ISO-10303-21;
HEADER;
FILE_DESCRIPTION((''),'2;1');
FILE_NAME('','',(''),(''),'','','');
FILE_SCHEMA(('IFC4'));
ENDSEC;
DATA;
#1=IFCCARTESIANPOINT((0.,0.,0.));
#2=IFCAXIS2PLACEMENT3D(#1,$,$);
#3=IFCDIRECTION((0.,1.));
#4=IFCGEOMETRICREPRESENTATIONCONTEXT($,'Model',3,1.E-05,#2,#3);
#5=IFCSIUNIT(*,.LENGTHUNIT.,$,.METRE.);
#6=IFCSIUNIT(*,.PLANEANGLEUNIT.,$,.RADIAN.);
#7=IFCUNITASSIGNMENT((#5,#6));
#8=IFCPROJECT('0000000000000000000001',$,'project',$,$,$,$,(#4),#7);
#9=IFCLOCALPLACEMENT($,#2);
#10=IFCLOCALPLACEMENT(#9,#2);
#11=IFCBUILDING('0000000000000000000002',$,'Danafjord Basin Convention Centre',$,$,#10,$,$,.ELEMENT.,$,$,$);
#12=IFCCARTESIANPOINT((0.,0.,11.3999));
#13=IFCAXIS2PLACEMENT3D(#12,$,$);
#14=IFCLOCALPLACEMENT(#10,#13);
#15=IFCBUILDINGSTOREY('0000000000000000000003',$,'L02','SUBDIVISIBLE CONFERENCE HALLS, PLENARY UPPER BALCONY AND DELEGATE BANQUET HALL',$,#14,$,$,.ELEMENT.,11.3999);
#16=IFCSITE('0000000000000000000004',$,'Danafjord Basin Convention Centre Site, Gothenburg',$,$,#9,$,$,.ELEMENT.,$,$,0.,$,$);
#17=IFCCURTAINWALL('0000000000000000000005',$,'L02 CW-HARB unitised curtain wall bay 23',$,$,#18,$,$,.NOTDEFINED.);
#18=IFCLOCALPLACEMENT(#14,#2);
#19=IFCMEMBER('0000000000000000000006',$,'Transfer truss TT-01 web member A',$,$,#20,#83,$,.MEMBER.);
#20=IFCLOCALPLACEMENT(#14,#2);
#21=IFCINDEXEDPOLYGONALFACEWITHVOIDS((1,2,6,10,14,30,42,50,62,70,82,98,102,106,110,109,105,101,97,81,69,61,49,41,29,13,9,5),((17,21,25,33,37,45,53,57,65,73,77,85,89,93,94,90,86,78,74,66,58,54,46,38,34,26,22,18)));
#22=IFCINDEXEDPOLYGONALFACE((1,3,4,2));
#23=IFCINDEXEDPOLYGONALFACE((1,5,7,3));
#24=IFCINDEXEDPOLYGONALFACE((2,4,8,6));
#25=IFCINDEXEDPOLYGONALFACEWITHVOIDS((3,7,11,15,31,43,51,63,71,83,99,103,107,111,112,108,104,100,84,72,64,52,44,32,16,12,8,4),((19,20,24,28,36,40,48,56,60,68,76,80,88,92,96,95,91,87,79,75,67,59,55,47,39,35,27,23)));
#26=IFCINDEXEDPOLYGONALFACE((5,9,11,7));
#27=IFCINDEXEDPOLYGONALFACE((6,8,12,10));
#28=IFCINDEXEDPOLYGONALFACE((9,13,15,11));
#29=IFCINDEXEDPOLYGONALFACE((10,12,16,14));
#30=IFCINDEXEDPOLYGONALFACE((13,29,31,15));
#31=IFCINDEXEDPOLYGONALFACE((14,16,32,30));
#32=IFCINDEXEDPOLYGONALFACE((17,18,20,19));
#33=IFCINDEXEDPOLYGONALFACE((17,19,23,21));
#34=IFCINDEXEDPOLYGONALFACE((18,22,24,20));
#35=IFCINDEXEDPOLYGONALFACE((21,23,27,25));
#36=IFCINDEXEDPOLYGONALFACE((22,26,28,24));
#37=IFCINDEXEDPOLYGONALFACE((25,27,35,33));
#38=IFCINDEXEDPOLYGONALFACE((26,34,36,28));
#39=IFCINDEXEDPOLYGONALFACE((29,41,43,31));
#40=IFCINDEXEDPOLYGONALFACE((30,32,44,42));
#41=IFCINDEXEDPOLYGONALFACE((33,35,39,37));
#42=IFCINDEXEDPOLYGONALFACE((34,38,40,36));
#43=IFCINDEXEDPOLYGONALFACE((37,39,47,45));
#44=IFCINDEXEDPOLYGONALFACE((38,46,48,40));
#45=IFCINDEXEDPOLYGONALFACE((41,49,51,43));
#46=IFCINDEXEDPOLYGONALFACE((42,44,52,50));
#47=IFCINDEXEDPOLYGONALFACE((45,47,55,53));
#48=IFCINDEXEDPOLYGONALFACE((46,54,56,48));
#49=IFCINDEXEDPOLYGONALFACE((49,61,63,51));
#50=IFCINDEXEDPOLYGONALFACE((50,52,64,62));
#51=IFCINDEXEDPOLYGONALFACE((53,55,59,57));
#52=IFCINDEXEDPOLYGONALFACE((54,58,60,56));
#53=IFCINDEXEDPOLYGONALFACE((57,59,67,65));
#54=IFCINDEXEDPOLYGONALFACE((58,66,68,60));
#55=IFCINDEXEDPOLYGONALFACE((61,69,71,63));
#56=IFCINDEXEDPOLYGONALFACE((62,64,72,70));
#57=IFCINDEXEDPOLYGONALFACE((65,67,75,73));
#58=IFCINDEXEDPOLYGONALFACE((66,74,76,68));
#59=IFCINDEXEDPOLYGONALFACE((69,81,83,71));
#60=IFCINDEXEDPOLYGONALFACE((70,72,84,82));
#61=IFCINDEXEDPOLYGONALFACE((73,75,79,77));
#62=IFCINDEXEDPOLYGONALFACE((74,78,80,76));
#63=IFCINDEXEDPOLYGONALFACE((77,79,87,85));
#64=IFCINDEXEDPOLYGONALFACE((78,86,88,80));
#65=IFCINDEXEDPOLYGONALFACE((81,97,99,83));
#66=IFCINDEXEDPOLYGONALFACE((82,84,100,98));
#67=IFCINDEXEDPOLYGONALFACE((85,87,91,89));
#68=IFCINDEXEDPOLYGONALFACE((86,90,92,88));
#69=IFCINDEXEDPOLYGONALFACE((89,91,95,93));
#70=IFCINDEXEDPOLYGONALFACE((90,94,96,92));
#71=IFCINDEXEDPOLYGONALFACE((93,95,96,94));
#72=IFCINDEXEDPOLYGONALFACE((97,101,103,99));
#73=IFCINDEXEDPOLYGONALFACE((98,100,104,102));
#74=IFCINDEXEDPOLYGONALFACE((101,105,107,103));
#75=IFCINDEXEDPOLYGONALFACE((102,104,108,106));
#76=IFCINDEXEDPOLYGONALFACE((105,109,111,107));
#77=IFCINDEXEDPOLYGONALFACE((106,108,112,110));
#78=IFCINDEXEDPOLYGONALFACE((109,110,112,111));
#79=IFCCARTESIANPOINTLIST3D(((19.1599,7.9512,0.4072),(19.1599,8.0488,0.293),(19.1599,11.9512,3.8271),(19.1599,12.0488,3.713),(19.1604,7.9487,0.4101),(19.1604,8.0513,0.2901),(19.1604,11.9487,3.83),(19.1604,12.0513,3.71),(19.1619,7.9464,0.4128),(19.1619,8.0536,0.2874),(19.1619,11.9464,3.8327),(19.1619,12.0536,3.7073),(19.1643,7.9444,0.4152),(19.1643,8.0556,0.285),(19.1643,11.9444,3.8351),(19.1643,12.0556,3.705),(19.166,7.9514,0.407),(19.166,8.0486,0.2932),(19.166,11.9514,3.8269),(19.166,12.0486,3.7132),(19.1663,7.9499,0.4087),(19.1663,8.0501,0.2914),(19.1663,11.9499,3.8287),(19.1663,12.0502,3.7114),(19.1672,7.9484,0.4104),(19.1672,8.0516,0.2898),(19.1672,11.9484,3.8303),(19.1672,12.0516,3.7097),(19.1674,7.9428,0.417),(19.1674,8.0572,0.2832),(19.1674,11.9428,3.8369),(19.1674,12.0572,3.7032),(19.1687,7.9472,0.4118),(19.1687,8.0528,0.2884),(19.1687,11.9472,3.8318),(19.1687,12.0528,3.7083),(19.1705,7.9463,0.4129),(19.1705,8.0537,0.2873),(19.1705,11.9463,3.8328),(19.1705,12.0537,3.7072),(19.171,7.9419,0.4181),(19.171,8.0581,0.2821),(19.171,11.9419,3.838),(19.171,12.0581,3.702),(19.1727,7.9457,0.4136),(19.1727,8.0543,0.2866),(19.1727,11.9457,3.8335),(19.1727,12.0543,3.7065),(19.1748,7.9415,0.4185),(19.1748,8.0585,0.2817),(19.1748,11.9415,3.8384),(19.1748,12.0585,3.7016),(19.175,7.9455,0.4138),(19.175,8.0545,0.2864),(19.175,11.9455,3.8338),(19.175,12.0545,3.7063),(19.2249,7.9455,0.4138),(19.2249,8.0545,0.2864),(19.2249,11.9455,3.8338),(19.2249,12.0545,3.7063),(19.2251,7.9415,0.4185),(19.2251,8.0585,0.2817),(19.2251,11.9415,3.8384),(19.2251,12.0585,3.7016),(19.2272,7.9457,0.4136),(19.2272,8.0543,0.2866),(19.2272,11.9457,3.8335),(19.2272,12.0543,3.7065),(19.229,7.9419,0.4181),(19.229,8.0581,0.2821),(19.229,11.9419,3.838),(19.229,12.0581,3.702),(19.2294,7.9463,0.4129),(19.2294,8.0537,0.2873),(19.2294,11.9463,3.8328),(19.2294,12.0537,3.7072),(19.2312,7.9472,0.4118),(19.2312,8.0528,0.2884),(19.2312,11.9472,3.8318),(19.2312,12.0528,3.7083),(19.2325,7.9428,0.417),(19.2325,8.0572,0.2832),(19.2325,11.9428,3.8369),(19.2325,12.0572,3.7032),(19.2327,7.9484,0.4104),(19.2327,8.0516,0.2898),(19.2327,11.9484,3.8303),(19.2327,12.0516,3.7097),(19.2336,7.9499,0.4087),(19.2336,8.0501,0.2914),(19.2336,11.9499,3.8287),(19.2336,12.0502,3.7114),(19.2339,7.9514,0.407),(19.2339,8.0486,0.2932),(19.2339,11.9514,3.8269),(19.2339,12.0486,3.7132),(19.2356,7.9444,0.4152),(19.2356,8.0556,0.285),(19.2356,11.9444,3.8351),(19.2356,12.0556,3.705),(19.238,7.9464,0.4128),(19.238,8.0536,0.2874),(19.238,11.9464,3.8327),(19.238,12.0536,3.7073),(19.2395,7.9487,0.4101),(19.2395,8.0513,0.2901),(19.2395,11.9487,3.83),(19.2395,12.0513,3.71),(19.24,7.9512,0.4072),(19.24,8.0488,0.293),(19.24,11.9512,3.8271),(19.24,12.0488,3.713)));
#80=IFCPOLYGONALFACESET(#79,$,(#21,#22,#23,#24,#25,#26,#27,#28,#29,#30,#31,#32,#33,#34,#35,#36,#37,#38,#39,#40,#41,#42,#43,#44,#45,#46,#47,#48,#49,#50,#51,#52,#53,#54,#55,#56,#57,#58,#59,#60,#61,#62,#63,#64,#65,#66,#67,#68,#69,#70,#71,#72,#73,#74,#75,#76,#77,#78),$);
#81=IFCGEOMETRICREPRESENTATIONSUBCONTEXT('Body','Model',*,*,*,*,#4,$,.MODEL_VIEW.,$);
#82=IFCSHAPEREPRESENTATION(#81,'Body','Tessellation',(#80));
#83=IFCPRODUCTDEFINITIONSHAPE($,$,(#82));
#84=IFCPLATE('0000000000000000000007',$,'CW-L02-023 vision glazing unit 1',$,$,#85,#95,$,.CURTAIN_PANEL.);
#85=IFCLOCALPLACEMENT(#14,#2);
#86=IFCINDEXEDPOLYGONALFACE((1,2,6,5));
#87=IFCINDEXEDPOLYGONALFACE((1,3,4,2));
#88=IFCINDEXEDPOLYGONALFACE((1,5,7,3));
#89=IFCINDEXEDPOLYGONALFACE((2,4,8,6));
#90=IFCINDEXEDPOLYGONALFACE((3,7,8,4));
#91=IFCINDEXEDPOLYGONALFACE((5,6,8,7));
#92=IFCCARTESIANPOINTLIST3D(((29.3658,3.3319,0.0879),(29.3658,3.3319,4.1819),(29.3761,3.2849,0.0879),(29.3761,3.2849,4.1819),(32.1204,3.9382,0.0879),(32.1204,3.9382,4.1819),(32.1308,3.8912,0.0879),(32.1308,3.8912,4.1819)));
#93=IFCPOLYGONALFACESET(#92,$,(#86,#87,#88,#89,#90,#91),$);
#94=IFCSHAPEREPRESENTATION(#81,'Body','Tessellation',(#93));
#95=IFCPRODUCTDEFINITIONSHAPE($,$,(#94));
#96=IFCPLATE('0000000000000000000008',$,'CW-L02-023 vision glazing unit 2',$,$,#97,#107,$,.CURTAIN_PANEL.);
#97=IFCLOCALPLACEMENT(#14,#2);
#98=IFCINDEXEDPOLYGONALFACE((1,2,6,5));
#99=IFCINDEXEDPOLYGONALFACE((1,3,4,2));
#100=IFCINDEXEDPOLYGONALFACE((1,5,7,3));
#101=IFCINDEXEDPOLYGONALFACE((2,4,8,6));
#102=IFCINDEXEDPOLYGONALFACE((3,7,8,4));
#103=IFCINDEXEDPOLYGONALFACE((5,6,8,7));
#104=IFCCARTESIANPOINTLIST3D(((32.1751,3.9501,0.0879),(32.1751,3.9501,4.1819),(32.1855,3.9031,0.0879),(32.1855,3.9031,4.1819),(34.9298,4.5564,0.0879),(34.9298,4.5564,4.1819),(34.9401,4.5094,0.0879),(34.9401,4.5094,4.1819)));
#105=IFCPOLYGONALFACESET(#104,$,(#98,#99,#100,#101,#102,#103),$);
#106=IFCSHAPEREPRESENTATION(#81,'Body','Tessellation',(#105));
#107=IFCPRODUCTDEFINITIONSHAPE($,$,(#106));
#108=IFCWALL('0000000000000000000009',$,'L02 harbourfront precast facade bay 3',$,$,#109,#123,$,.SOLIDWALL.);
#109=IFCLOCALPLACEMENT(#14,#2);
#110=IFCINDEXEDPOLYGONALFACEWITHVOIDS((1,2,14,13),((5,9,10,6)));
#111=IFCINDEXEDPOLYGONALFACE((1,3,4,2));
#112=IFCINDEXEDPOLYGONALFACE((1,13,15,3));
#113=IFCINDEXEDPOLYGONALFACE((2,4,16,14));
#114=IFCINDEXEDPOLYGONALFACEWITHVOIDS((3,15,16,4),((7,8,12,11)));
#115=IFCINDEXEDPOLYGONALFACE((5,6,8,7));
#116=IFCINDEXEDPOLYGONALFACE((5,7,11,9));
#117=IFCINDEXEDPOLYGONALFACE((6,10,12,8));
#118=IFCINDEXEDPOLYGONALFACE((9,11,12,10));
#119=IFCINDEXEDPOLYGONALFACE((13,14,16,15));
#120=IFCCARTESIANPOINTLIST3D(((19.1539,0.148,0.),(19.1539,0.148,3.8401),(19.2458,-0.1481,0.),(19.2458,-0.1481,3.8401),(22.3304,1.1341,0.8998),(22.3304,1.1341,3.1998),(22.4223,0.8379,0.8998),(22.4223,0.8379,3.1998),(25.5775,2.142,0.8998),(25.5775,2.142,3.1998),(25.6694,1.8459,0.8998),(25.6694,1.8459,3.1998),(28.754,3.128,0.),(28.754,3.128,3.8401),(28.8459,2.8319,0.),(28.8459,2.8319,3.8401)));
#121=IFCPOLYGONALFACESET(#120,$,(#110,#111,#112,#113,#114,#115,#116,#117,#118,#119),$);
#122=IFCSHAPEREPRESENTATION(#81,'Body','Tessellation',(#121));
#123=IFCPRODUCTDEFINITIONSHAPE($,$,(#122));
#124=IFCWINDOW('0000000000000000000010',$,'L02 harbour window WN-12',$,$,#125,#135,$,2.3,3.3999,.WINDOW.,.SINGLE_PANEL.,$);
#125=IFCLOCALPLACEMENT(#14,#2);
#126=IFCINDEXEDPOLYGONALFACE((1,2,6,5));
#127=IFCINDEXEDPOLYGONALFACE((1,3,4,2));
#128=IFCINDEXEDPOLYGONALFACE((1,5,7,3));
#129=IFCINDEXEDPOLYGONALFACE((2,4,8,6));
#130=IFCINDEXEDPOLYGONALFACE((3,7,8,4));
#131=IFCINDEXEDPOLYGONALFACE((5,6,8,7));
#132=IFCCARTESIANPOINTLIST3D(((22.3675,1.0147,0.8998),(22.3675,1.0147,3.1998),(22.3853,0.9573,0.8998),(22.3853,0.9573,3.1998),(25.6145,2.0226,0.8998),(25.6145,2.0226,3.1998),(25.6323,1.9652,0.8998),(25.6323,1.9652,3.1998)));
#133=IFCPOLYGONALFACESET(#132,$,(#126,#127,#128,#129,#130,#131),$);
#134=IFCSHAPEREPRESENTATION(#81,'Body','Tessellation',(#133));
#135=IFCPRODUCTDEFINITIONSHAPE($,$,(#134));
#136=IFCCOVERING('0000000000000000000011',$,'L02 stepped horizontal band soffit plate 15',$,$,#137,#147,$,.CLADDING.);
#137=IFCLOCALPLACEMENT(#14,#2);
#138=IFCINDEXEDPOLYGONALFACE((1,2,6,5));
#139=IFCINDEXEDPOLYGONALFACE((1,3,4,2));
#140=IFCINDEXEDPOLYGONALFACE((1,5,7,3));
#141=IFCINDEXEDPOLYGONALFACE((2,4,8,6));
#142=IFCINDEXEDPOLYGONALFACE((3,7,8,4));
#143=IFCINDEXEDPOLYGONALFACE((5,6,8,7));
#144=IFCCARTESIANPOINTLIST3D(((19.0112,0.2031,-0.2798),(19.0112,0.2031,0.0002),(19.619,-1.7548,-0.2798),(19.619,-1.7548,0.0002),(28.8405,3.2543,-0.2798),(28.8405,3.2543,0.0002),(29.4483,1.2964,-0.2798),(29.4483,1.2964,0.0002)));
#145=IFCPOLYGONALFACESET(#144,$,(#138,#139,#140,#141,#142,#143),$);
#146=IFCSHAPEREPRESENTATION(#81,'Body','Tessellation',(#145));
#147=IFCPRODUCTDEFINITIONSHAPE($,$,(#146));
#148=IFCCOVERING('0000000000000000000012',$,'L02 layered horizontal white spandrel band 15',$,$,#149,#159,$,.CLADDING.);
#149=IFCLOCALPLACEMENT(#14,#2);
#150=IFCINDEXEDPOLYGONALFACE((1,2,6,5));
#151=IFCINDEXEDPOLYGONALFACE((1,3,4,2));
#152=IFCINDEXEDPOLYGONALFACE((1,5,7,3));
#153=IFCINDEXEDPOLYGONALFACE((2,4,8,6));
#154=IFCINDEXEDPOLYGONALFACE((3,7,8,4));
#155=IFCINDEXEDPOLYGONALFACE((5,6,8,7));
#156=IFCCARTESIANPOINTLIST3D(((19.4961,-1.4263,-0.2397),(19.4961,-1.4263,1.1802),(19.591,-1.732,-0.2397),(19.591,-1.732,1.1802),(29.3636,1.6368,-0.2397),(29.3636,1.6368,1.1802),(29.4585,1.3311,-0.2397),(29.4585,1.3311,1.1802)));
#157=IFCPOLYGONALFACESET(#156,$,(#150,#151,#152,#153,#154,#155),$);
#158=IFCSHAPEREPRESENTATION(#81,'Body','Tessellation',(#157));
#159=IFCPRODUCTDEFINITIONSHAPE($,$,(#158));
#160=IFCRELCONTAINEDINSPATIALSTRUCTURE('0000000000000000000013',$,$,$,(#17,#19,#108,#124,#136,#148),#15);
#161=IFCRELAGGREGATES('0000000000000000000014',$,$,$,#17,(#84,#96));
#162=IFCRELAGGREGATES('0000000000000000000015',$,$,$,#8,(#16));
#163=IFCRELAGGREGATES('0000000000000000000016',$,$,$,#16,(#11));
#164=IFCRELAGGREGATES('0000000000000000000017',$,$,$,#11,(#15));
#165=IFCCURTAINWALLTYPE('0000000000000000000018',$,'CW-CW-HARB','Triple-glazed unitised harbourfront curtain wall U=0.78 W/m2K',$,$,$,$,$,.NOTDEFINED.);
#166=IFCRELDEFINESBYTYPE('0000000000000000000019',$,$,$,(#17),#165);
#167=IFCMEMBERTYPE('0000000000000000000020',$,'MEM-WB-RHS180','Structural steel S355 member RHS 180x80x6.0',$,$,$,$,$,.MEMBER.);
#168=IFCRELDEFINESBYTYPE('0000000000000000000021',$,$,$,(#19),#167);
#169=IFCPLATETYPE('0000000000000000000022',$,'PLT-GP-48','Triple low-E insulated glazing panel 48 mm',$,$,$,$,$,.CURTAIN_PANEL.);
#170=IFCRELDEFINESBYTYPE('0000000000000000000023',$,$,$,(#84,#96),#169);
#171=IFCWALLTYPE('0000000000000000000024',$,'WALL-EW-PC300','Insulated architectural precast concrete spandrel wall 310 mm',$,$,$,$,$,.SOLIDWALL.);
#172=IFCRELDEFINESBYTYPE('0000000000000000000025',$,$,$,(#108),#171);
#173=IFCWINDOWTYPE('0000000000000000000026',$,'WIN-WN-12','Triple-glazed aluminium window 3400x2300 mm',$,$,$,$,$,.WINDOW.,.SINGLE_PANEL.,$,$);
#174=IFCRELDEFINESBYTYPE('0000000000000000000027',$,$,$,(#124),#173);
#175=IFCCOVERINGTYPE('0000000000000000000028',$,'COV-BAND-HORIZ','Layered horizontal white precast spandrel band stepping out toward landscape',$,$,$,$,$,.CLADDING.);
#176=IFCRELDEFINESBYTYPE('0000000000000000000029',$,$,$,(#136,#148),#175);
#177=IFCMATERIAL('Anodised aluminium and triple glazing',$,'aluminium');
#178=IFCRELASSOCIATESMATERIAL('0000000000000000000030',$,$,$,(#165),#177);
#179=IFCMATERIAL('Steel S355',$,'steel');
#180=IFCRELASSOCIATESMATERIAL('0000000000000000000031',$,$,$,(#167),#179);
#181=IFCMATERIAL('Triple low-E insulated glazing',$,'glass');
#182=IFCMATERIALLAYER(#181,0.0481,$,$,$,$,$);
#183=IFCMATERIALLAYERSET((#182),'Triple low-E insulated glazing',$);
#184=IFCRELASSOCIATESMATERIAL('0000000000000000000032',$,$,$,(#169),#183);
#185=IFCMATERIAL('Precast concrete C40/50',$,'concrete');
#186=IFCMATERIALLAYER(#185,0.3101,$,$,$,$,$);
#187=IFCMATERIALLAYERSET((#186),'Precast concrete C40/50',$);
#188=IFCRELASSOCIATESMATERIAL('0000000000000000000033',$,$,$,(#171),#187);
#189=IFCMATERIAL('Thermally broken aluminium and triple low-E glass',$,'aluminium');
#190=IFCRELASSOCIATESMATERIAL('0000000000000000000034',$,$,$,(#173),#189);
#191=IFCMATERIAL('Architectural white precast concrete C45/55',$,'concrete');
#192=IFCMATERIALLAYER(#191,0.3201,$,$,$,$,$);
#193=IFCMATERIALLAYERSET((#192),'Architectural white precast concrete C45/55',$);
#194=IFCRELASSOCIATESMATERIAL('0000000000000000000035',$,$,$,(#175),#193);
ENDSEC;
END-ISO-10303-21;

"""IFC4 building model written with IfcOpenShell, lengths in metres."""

from ifc_helpers import new_model, si_unit, direction, frame, frame_2d, origin, origin_2d, place, context, subcontext, project, spatial, rectangle, hollow_rectangle, extrude, material, layer, layer_set, material_profile, profile_set, type_object, element, fill, aggregate, save


model = new_model("IFC4")

# Units and contexts
model_context = context("Model", 3, precision=1e-05, world=origin(), true_north=direction((0.0, 1.0)))
body_context = subcontext(model_context, "Body", "Model", "MODEL_VIEW")
ifc_project = project(units=[si_unit("LENGTHUNIT", "METRE"), si_unit("PLANEANGLEUNIT", "RADIAN")], contexts=[model_context])

# Site, building, storey
site_placement = place(None, origin())
site = spatial("IfcSite", under=ifc_project, at=site_placement, Name="Danafjord Basin Convention Centre Site, Gothenburg", CompositionType="ELEMENT", RefElevation=0.0)
building_placement = place(site_placement, origin())
building = spatial("IfcBuilding", under=site, at=building_placement, Name="Danafjord Basin Convention Centre", CompositionType="ELEMENT")
storey_placement = place(building_placement, frame((0.0, 0.0, 11.3999)))
storey = spatial("IfcBuildingStorey", under=building, at=storey_placement, Name="L02", Description="SUBDIVISIBLE CONFERENCE HALLS, PLENARY UPPER BALCONY AND DELEGATE BANQUET HALL", CompositionType="ELEMENT", Elevation=11.3999)

# Shared definitions
ifc_material_1 = material(Name="Steel S355", Category="steel")

# Curtain wall
ifc_material_2 = material(Name="Anodised aluminium and triple glazing", Category="aluminium")
curtain_wall_type = type_object("IfcCurtainWallType", Name="CW-CW-HARB", Description="Triple-glazed unitised harbourfront curtain wall U=0.78 W/m2K", PredefinedType="NOTDEFINED", material=ifc_material_2)
curtain_wall_placement = place(storey_placement, origin())
curtain_wall = element("IfcCurtainWall", 1, at=curtain_wall_placement, inside=storey, type_object=curtain_wall_type, Name="L02 CW-HARB unitised curtain wall bay 23", PredefinedType="NOTDEFINED")

# Member
ifc_material_profile_1 = material_profile(ifc_material_1, hollow_rectangle(XDim=0.0801, YDim=0.1799, WallThickness=0.0061, InnerFilletRadius=0.009, OuterFilletRadius=0.0149, at=origin_2d()), Name="RHS 180x80x6.0")
ifc_profile_set_1 = profile_set([ifc_material_profile_1], Name="Steel S355")
member_type_1 = type_object("IfcMemberType", Name="MEM-WB-RHS180", Description="Structural steel S355 member RHS 180x80x6.0", PredefinedType="MEMBER", material=ifc_profile_set_1)
member_1_placement = place(storey_placement, frame((19.2, 8.0, 0.3501), z_axis=(0.0, 0.760068, 0.649843), x_axis=(-1.0, 0.0, 0.0)))
element("IfcMember", 2, at=member_1_placement, inside=storey, type_object=member_type_1, Name="Transfer truss TT-01 web member A", PredefinedType="MEMBER", context=body_context, shape_type="SweptSolid", body=[
    extrude(hollow_rectangle(XDim=0.0801, YDim=0.1799, WallThickness=0.0061, InnerFilletRadius=0.009, OuterFilletRadius=0.0149, at=origin_2d()), origin(), (0.0, 0.0, 1.0), 5.2627),
])

# Plates
ifc_material_3 = material(Name="Triple low-E insulated glazing", Category="glass")
ifc_layer_1 = layer(ifc_material_3, 0.0481)
ifc_layer_set_1 = layer_set([ifc_layer_1], Name="Triple low-E insulated glazing")
plate_type = type_object("IfcPlateType", Name="PLT-GP-48", Description="Triple low-E insulated glazing panel 48 mm", PredefinedType="CURTAIN_PANEL", material=ifc_layer_set_1)
plate_1_placement = place(storey_placement, frame((30.7483, 3.6116, 0.0879), z_axis=(0.0, 0.0, 1.0), x_axis=(0.976623, 0.214959, 0.0)))
plate_1 = element("IfcPlate", 3, at=plate_1_placement, type_object=plate_type, Name="CW-L02-023 vision glazing unit 1", PredefinedType="CURTAIN_PANEL", context=body_context, shape_type="SweptSolid", body=[
    extrude(rectangle(XDim=2.8206, YDim=0.0481, at=origin_2d()), origin(), (0.0, 0.0, 1.0), 4.094),
])
plate_2_placement = place(storey_placement, frame((33.5576, 4.2297, 0.0879), z_axis=(0.0, 0.0, 1.0), x_axis=(0.976623, 0.214959, 0.0)))
plate_2 = element("IfcPlate", 4, at=plate_2_placement, type_object=plate_type, Name="CW-L02-023 vision glazing unit 2", PredefinedType="CURTAIN_PANEL", context=body_context, shape_type="SweptSolid", body=[
    extrude(rectangle(XDim=2.8206, YDim=0.0481, at=origin_2d()), origin(), (0.0, 0.0, 1.0), 4.094),
])
aggregate(curtain_wall, [plate_1, plate_2])

# Wall, opening, window
ifc_material_4 = material(Name="Precast concrete C40/50", Category="concrete")
ifc_layer_2 = layer(ifc_material_4, 0.3101)
ifc_layer_set_2 = layer_set([ifc_layer_2], Name="Precast concrete C40/50")
wall_type = type_object("IfcWallType", Name="WALL-EW-PC300", Description="Insulated architectural precast concrete spandrel wall 310 mm", PredefinedType="SOLIDWALL", material=ifc_layer_set_2)
wall_placement = place(storey_placement, frame((19.2, 0.0, 0.0), z_axis=(0.0, 0.0, 1.0), x_axis=(0.955046, 0.296457, 0.0)))
wall = element("IfcWall", 5, at=wall_placement, inside=storey, type_object=wall_type, Name="L02 harbourfront precast facade bay 3", PredefinedType="SOLIDWALL", context=body_context, shape_type="SweptSolid", body=[
    extrude(rectangle(XDim=10.052, YDim=0.3101, at=frame_2d((5.0259, 0.0))), origin(), (0.0, 0.0, 1.0), 3.8401),
])
opening_placement = place(wall_placement, frame((3.3259, 0.0, 0.8999)))
opening = element("IfcOpeningElement", 6, at=opening_placement, cuts=wall, PredefinedType="OPENING", context=body_context, shape_type="SweptSolid", body=[
    extrude(rectangle(XDim=3.3999, YDim=2.3, at=frame_2d((1.7, 1.1499))), frame((0.0, 0.165, 0.0), z_axis=(0.0, -1.0, 0.0), x_axis=(1.0, 0.0, 0.0)), (0.0, 0.0, 1.0), 0.3301),
])
ifc_material_5 = material(Name="Thermally broken aluminium and triple low-E glass", Category="aluminium")
window_type = type_object("IfcWindowType", Name="WIN-WN-12", Description="Triple-glazed aluminium window 3400x2300 mm", PartitioningType="SINGLE_PANEL", PredefinedType="WINDOW", material=ifc_material_5)
window_placement = place(opening_placement, origin())
window = element("IfcWindow", 7, at=window_placement, inside=storey, type_object=window_type, Name="L02 harbour window WN-12", OverallHeight=2.3, OverallWidth=3.3999, PartitioningType="SINGLE_PANEL", PredefinedType="WINDOW", context=body_context, shape_type="SweptSolid", body=[
    extrude(rectangle(XDim=3.3999, YDim=2.3, at=frame_2d((1.7, 1.1499))), frame((0.0, 0.03, 0.0), z_axis=(0.0, -1.0, 0.0), x_axis=(1.0, 0.0, 0.0)), (0.0, 0.0, 1.0), 0.0601),
])
fill(opening, window)

# Coverings
ifc_material_6 = material(Name="Architectural white precast concrete C45/55", Category="concrete")
ifc_layer_3 = layer(ifc_material_6, 0.3201)
ifc_layer_set_3 = layer_set([ifc_layer_3], Name="Architectural white precast concrete C45/55")
covering_type = type_object("IfcCoveringType", Name="COV-BAND-HORIZ", Description="Layered horizontal white precast spandrel band stepping out toward landscape", PredefinedType="CLADDING", material=ifc_layer_set_3)
covering_1_placement = place(storey_placement, frame((24.2297, 0.7498, -0.2798), z_axis=(0.0, 0.0, 1.0), x_axis=(0.955045, 0.296462, 0.0)))
element("IfcCovering", 8, at=covering_1_placement, inside=storey, type_object=covering_type, Name="L02 stepped horizontal band soffit plate 15", PredefinedType="CLADDING", context=body_context, shape_type="SweptSolid", body=[
    extrude(rectangle(XDim=10.292, YDim=2.05, at=origin_2d()), origin(), (0.0, 0.0, 1.0), 0.28),
])
covering_2_placement = place(storey_placement, frame((24.4773, -0.0476, -0.2397), z_axis=(0.0, 0.0, 1.0), x_axis=(0.955045, 0.296462, 0.0)))
element("IfcCovering", 9, at=covering_2_placement, inside=storey, type_object=covering_type, Name="L02 layered horizontal white spandrel band 15", PredefinedType="CLADDING", context=body_context, shape_type="SweptSolid", body=[
    extrude(rectangle(XDim=10.332, YDim=0.3201, at=origin_2d()), origin(), (0.0, 0.0, 1.0), 1.4199),
])

save(model, "model.ifc")
